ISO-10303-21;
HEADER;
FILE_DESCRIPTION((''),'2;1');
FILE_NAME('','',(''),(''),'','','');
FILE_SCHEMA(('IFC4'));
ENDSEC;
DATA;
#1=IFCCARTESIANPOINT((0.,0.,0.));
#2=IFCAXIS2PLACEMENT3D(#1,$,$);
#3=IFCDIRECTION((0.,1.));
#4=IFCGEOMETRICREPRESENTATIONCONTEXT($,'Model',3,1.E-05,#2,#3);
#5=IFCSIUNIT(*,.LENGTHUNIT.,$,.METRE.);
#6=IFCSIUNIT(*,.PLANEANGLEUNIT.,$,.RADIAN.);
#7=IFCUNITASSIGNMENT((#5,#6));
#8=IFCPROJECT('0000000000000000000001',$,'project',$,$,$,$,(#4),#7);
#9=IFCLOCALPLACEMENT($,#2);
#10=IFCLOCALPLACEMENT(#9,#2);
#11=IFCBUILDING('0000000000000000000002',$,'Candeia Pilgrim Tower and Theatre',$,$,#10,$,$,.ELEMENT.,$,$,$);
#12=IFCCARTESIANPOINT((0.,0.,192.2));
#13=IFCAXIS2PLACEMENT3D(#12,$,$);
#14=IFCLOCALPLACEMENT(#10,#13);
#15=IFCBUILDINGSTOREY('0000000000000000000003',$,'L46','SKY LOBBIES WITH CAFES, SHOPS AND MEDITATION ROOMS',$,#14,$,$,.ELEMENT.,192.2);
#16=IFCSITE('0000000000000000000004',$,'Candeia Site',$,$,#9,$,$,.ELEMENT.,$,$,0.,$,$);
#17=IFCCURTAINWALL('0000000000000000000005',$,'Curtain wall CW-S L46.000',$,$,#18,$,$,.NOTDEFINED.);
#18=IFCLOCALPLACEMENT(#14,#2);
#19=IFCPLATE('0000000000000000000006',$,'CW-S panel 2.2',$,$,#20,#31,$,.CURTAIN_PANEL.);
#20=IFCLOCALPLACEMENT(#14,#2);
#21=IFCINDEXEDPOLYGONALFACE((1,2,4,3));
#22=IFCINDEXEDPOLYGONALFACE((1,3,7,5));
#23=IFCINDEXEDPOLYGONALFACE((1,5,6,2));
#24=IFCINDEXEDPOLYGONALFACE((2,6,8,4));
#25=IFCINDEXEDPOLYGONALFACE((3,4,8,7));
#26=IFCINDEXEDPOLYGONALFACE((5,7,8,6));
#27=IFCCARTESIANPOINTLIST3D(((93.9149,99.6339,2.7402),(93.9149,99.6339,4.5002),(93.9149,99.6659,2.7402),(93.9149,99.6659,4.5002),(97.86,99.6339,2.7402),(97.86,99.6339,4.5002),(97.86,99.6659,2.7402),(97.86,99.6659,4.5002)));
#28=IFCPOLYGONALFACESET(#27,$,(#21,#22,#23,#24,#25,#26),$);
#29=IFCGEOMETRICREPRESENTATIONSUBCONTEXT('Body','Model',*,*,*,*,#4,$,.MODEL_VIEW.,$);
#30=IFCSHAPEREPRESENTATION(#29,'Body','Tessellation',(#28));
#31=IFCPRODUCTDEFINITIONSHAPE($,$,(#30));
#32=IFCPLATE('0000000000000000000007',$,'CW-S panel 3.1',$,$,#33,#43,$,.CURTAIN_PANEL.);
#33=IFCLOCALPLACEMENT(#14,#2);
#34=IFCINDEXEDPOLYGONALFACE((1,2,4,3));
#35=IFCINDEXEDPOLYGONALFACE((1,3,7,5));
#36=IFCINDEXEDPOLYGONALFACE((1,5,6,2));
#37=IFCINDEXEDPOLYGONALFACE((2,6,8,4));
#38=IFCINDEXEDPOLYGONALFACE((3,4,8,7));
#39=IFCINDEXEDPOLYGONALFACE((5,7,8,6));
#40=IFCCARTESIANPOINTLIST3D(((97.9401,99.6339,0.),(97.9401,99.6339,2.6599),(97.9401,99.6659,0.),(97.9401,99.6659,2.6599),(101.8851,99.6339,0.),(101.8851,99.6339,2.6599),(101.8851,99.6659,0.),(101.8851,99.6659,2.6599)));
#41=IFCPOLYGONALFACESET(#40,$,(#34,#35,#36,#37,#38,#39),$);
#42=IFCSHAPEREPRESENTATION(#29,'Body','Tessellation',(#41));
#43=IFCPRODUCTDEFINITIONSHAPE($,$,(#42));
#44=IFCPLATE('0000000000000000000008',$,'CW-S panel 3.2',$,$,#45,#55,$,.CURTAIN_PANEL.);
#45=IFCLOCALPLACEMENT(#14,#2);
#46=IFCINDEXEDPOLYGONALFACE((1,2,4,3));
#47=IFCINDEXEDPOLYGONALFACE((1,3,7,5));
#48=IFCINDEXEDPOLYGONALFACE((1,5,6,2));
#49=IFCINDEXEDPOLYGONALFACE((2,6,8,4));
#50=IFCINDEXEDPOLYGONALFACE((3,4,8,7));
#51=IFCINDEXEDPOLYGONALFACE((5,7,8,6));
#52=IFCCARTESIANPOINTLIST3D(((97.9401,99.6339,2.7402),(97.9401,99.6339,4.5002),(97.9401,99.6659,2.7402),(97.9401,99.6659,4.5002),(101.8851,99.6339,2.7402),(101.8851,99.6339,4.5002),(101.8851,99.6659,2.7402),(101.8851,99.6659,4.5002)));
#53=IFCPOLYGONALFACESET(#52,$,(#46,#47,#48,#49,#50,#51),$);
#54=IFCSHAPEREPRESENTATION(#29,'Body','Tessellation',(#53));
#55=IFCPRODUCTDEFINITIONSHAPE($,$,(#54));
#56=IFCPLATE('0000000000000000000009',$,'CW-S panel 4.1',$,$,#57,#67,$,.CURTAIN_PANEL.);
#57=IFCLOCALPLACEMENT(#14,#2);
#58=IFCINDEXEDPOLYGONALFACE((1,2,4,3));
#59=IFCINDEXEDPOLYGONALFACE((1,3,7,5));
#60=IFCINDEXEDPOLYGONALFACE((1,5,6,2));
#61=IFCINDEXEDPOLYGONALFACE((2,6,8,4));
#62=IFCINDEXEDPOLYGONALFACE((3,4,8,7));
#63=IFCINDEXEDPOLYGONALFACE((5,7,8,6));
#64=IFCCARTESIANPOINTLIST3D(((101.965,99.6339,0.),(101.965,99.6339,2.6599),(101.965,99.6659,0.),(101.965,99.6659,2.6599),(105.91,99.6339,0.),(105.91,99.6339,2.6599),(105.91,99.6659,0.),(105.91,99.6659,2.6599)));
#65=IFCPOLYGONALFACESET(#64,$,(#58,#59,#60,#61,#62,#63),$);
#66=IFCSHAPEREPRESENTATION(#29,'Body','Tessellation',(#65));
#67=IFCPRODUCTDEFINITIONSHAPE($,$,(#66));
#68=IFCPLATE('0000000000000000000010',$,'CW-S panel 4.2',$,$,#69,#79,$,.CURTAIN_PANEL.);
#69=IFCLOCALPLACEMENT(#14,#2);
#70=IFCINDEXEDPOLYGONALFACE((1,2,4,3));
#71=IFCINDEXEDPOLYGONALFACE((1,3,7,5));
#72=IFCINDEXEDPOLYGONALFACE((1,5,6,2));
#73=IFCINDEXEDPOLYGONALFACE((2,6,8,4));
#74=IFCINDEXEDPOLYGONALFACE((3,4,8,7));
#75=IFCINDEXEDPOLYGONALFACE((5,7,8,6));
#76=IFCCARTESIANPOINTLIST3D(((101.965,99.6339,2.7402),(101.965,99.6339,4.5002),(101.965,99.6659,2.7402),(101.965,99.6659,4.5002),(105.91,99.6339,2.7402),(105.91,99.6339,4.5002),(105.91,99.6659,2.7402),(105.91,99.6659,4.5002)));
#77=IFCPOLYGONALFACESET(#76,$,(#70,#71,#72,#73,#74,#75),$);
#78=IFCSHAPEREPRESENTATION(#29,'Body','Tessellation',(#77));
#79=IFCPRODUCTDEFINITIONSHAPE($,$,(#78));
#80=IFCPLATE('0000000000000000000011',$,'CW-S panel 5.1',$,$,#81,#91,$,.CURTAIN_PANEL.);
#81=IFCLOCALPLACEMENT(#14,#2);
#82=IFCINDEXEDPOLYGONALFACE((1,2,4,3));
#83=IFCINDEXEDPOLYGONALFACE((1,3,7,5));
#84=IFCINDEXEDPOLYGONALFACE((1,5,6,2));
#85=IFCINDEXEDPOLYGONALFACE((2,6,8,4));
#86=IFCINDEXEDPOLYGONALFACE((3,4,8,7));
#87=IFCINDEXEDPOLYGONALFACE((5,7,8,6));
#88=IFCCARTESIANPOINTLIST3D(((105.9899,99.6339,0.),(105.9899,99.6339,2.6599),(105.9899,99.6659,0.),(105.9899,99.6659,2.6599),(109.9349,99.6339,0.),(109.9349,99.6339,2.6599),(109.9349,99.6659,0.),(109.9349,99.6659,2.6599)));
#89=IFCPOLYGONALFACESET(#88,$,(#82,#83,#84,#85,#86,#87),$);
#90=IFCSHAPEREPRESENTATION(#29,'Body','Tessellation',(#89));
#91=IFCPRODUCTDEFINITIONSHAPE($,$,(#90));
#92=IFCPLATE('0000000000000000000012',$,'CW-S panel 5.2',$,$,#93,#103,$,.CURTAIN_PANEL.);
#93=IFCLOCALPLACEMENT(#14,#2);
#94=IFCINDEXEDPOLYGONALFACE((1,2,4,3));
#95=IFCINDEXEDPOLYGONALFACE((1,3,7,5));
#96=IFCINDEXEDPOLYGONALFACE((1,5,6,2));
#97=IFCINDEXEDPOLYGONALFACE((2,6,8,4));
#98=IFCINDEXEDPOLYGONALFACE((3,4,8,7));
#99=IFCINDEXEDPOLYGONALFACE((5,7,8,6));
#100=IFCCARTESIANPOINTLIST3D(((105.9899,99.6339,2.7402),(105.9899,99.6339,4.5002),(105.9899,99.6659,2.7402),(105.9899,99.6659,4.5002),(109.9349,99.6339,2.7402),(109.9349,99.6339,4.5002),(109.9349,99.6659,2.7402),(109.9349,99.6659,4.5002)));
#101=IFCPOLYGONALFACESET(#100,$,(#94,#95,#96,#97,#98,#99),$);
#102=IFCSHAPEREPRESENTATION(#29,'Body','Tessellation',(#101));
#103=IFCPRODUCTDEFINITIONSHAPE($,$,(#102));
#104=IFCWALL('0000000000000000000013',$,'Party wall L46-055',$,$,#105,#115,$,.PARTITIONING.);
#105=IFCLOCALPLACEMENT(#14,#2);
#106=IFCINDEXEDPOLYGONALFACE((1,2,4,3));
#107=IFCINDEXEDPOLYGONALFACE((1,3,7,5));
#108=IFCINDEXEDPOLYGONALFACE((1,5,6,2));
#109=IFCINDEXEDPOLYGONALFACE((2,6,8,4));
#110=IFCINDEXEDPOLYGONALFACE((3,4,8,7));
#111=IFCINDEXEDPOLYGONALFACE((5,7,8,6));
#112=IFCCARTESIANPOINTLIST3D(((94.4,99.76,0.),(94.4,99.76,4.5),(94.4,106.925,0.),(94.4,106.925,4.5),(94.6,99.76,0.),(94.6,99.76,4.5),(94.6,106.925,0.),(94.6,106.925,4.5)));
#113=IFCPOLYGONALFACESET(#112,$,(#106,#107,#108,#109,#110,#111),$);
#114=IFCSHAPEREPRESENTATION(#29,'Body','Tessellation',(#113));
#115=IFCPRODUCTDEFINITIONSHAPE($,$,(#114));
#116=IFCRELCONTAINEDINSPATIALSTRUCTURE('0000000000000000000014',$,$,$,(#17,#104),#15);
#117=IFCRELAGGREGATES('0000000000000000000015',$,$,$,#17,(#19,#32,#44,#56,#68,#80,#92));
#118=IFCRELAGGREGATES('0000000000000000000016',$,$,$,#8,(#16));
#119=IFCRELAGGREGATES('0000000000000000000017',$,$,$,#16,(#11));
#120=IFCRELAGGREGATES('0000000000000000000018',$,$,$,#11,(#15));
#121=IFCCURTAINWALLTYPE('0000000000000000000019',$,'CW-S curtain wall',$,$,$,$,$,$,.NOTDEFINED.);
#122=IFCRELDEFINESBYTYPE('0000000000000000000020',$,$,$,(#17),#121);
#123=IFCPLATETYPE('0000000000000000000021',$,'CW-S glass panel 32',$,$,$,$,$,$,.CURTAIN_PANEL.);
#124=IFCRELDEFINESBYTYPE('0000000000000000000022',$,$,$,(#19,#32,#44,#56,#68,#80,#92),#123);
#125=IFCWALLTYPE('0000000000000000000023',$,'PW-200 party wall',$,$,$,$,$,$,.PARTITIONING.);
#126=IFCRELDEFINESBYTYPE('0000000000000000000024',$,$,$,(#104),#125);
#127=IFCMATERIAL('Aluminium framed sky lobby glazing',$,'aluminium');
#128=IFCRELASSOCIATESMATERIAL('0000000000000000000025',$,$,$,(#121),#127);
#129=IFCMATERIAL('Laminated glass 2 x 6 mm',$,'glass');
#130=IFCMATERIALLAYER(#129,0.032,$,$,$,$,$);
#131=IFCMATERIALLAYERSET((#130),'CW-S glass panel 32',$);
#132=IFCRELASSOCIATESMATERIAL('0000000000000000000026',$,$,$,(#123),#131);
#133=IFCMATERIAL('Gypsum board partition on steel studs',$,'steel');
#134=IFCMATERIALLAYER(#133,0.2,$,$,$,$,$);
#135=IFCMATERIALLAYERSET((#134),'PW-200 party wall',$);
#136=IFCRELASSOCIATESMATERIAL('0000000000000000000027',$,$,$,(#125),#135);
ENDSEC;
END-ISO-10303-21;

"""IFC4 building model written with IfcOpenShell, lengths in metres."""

from ifc_helpers import new_model, si_unit, direction, frame, frame_2d, origin, origin_2d, place, context, subcontext, project, spatial, rectangle, extrude, material, layer, layer_set, type_object, element, aggregate, save


model = new_model("IFC4")

# Units and contexts
model_context = context("Model", 3, precision=1e-05, world=origin(), true_north=direction((0.0, 1.0)))
body_context = subcontext(model_context, "Body", "Model", "MODEL_VIEW")
ifc_project = project(units=[si_unit("LENGTHUNIT", "METRE"), si_unit("PLANEANGLEUNIT", "RADIAN")], contexts=[model_context])

# Site, building, storey
site_placement = place(None, origin())
site = spatial("IfcSite", under=ifc_project, at=site_placement, Name="Candeia Site", CompositionType="ELEMENT", RefElevation=0.0)
building_placement = place(site_placement, origin())
building = spatial("IfcBuilding", under=site, at=building_placement, Name="Candeia Pilgrim Tower and Theatre", CompositionType="ELEMENT")
storey_placement = place(building_placement, frame((0.0, 0.0, 192.2)))
storey = spatial("IfcBuildingStorey", under=building, at=storey_placement, Name="L46", Description="SKY LOBBIES WITH CAFES, SHOPS AND MEDITATION ROOMS", CompositionType="ELEMENT", Elevation=192.2)

# Curtain wall
ifc_material_1 = material(Name="Aluminium framed sky lobby glazing", Category="aluminium")
curtain_wall_type = type_object("IfcCurtainWallType", Name="CW-S curtain wall", PredefinedType="NOTDEFINED", material=ifc_material_1)
curtain_wall_placement = place(storey_placement, origin())
curtain_wall = element("IfcCurtainWall", 1, at=curtain_wall_placement, inside=storey, type_object=curtain_wall_type, Name="Curtain wall CW-S L46.000", PredefinedType="NOTDEFINED")

# Plates
ifc_material_2 = material(Name="Laminated glass 2 x 6 mm", Category="glass")
ifc_layer_1 = layer(ifc_material_2, 0.032)
ifc_layer_set_1 = layer_set([ifc_layer_1], Name="CW-S glass panel 32")
plate_type = type_object("IfcPlateType", Name="CW-S glass panel 32", PredefinedType="CURTAIN_PANEL", material=ifc_layer_set_1)
plate_1_placement = place(storey_placement, frame((95.8875, 99.6499, 2.7402), z_axis=(0.0, 0.0, 1.0), x_axis=(1.0, 0.0, 0.0)))
plate_1 = element("IfcPlate", 2, at=plate_1_placement, type_object=plate_type, Name="CW-S panel 2.2", PredefinedType="CURTAIN_PANEL", context=body_context, shape_type="SweptSolid", body=[
    extrude(rectangle(XDim=3.9451, YDim=0.032, at=origin_2d()), origin(), (0.0, 0.0, 1.0), 1.76),
])
plate_2_placement = place(storey_placement, frame((99.9126, 99.6499, 0.0), z_axis=(0.0, 0.0, 1.0), x_axis=(1.0, 0.0, 0.0)))
plate_2 = element("IfcPlate", 3, at=plate_2_placement, type_object=plate_type, Name="CW-S panel 3.1", PredefinedType="CURTAIN_PANEL", context=body_context, shape_type="SweptSolid", body=[
    extrude(rectangle(XDim=3.9451, YDim=0.032, at=origin_2d()), origin(), (0.0, 0.0, 1.0), 2.6599),
])
plate_3_placement = place(storey_placement, frame((99.9126, 99.6499, 2.7402), z_axis=(0.0, 0.0, 1.0), x_axis=(1.0, 0.0, 0.0)))
plate_3 = element("IfcPlate", 4, at=plate_3_placement, type_object=plate_type, Name="CW-S panel 3.2", PredefinedType="CURTAIN_PANEL", context=body_context, shape_type="SweptSolid", body=[
    extrude(rectangle(XDim=3.9451, YDim=0.032, at=origin_2d()), origin(), (0.0, 0.0, 1.0), 1.76),
])
plate_4_placement = place(storey_placement, frame((103.9375, 99.6499, 0.0), z_axis=(0.0, 0.0, 1.0), x_axis=(1.0, 0.0, 0.0)))
plate_4 = element("IfcPlate", 5, at=plate_4_placement, type_object=plate_type, Name="CW-S panel 4.1", PredefinedType="CURTAIN_PANEL", context=body_context, shape_type="SweptSolid", body=[
    extrude(rectangle(XDim=3.9451, YDim=0.032, at=origin_2d()), origin(), (0.0, 0.0, 1.0), 2.6599),
])
plate_5_placement = place(storey_placement, frame((103.9375, 99.6499, 2.7402), z_axis=(0.0, 0.0, 1.0), x_axis=(1.0, 0.0, 0.0)))
plate_5 = element("IfcPlate", 6, at=plate_5_placement, type_object=plate_type, Name="CW-S panel 4.2", PredefinedType="CURTAIN_PANEL", context=body_context, shape_type="SweptSolid", body=[
    extrude(rectangle(XDim=3.9451, YDim=0.032, at=origin_2d()), origin(), (0.0, 0.0, 1.0), 1.76),
])
plate_6_placement = place(storey_placement, frame((107.9624, 99.6499, 0.0), z_axis=(0.0, 0.0, 1.0), x_axis=(1.0, 0.0, 0.0)))
plate_6 = element("IfcPlate", 7, at=plate_6_placement, type_object=plate_type, Name="CW-S panel 5.1", PredefinedType="CURTAIN_PANEL", context=body_context, shape_type="SweptSolid", body=[
    extrude(rectangle(XDim=3.9451, YDim=0.032, at=origin_2d()), origin(), (0.0, 0.0, 1.0), 2.6599),
])
plate_7_placement = place(storey_placement, frame((107.9624, 99.6499, 2.7402), z_axis=(0.0, 0.0, 1.0), x_axis=(1.0, 0.0, 0.0)))
plate_7 = element("IfcPlate", 8, at=plate_7_placement, type_object=plate_type, Name="CW-S panel 5.2", PredefinedType="CURTAIN_PANEL", context=body_context, shape_type="SweptSolid", body=[
    extrude(rectangle(XDim=3.9451, YDim=0.032, at=origin_2d()), origin(), (0.0, 0.0, 1.0), 1.76),
])
aggregate(curtain_wall, [plate_1, plate_2, plate_3, plate_4, plate_5, plate_6, plate_7])

# Wall
ifc_material_3 = material(Name="Gypsum board partition on steel studs", Category="steel")
ifc_layer_2 = layer(ifc_material_3, 0.2)
ifc_layer_set_2 = layer_set([ifc_layer_2], Name="PW-200 party wall")
wall_type = type_object("IfcWallType", Name="PW-200 party wall", PredefinedType="PARTITIONING", material=ifc_layer_set_2)
wall_placement = place(storey_placement, frame((94.5, 99.76, 0.0), z_axis=(0.0, 0.0, 1.0), x_axis=(0.0, 1.0, 0.0)))
element("IfcWall", 9, at=wall_placement, inside=storey, type_object=wall_type, Name="Party wall L46-055", PredefinedType="PARTITIONING", context=body_context, shape_type="SweptSolid", body=[
    extrude(rectangle(XDim=7.165, YDim=0.2, at=frame_2d((3.5825, 0.0))), origin(), (0.0, 0.0, 1.0), 4.5),
])

save(model, "model.ifc")
